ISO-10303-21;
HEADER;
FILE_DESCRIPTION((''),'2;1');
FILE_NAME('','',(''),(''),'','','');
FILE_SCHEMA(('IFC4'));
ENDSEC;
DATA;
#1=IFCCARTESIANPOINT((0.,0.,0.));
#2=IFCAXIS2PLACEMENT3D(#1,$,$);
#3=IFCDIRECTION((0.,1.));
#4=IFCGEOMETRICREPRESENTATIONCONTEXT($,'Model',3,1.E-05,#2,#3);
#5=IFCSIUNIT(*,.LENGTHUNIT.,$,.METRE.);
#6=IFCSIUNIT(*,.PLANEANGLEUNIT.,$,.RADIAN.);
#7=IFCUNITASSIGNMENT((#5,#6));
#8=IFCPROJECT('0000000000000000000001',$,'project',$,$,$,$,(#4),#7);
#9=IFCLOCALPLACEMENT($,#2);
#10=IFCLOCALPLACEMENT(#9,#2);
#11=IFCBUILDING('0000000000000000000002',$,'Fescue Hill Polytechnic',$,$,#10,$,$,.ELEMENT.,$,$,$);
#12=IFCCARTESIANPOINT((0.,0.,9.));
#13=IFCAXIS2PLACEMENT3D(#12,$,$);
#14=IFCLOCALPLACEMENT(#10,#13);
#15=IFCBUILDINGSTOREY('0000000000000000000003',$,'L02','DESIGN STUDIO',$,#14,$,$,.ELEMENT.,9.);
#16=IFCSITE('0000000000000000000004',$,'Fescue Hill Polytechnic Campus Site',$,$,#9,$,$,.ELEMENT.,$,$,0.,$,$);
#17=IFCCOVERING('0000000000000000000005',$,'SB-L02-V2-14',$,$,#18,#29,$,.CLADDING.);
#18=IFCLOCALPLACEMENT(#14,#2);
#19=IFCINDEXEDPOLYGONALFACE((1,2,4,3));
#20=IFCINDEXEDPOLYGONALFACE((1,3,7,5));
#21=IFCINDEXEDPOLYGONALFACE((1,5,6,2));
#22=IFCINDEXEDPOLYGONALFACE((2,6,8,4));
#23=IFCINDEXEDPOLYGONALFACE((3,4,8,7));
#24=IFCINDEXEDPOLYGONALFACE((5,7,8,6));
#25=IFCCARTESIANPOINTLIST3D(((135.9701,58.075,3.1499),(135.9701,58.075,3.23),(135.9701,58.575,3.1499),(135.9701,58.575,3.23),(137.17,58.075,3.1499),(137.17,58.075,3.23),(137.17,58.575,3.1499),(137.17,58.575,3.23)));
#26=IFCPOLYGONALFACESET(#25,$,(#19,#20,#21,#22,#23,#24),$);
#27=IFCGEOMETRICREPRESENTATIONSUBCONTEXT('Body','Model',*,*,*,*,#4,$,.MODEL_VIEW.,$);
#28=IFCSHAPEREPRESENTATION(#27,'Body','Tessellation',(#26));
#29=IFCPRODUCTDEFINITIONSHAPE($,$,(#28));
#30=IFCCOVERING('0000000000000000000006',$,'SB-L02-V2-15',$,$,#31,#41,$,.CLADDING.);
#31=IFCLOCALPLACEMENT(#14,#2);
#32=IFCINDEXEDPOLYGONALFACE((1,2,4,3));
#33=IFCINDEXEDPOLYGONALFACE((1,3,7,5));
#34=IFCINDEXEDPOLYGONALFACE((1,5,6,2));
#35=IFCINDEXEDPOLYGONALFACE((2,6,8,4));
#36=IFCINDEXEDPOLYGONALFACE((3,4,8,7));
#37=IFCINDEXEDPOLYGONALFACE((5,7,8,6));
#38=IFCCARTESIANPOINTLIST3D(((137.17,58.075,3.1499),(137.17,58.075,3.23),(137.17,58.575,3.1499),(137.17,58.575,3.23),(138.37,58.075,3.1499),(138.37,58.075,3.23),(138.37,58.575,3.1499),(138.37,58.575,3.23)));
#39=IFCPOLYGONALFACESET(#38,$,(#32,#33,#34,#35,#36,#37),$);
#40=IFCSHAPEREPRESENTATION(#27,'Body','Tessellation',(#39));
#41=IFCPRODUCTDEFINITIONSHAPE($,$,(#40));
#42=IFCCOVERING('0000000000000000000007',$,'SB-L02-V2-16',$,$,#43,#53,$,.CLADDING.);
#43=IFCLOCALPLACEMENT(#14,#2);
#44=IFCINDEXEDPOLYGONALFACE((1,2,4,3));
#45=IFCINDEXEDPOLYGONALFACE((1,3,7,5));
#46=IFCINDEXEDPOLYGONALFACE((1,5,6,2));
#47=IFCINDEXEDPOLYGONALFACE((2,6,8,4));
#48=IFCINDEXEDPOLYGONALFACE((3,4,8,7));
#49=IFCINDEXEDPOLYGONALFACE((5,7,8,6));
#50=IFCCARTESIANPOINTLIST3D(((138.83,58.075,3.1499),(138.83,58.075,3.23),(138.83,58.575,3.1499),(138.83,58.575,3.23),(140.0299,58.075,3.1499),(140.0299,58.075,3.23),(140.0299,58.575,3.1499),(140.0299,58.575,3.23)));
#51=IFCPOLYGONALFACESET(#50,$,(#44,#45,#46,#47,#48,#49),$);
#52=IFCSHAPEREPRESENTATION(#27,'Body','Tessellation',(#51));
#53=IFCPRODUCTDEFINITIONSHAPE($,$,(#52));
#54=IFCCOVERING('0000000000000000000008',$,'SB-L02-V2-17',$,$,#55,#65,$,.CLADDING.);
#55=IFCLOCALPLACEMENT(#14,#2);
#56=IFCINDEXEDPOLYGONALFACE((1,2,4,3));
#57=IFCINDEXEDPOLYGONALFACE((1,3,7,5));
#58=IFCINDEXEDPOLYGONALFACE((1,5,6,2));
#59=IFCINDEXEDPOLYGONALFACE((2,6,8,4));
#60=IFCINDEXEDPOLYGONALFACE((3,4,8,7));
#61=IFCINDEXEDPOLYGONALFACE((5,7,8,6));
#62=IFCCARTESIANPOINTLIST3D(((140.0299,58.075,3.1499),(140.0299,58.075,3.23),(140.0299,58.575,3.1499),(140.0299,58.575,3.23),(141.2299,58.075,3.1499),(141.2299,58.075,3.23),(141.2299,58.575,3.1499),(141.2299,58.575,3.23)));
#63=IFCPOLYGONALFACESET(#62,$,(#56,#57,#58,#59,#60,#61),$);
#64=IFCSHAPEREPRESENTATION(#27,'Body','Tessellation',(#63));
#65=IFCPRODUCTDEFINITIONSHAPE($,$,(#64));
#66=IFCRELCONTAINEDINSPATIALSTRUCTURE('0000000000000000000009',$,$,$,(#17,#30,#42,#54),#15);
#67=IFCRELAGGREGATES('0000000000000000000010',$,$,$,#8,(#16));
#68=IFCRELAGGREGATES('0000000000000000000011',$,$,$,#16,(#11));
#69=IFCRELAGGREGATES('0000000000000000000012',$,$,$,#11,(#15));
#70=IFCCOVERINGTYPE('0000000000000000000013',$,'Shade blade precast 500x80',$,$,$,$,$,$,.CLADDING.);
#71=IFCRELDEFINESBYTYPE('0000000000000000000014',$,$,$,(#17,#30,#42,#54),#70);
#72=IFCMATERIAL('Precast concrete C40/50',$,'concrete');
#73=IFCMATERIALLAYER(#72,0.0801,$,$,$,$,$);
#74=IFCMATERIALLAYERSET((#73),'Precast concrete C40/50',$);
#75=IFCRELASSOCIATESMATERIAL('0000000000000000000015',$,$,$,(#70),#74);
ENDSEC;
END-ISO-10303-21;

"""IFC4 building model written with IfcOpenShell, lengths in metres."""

from ifc_helpers import new_model, si_unit, direction, frame, origin, origin_2d, place, context, subcontext, project, spatial, rectangle, extrude, material, layer, layer_set, type_object, element, save


model = new_model("IFC4")

# Units and contexts
model_context = context("Model", 3, precision=1e-05, world=origin(), true_north=direction((0.0, 1.0)))
body_context = subcontext(model_context, "Body", "Model", "MODEL_VIEW")
ifc_project = project(units=[si_unit("LENGTHUNIT", "METRE"), si_unit("PLANEANGLEUNIT", "RADIAN")], contexts=[model_context])

# Site, building, storey
site_placement = place(None, origin())
site = spatial("IfcSite", under=ifc_project, at=site_placement, Name="Fescue Hill Polytechnic Campus Site", CompositionType="ELEMENT", RefElevation=0.0)
building_placement = place(site_placement, origin())
building = spatial("IfcBuilding", under=site, at=building_placement, Name="Fescue Hill Polytechnic", CompositionType="ELEMENT")
storey_placement = place(building_placement, frame((0.0, 0.0, 9.0)))
storey = spatial("IfcBuildingStorey", under=building, at=storey_placement, Name="L02", Description="DESIGN STUDIO", CompositionType="ELEMENT", Elevation=9.0)

# Coverings
ifc_material_1 = material(Name="Precast concrete C40/50", Category="concrete")
ifc_layer_1 = layer(ifc_material_1, 0.0801)
ifc_layer_set_1 = layer_set([ifc_layer_1], Name="Precast concrete C40/50")
covering_type = type_object("IfcCoveringType", Name="Shade blade precast 500x80", PredefinedType="CLADDING", material=ifc_layer_set_1)
for number, where, z_axis, x_axis, name in (
    (1, (136.5701, 58.325, 3.1499), (0.0, 0.0, 1.0), (1.0, 0.0, 0.0), "SB-L02-V2-14"),
    (2, (137.77, 58.325, 3.1499), (0.0, 0.0, 1.0), (1.0, 0.0, 0.0), "SB-L02-V2-15"),
    (3, (139.4299, 58.325, 3.1499), (0.0, 0.0, 1.0), (1.0, 0.0, 0.0), "SB-L02-V2-16"),
    (4, (140.6299, 58.325, 3.1499), (0.0, 0.0, 1.0), (1.0, 0.0, 0.0), "SB-L02-V2-17"),
):
    element("IfcCovering", number, at=place(storey_placement, frame(where, z_axis=z_axis, x_axis=x_axis)), inside=storey, type_object=covering_type, Name=name, PredefinedType="CLADDING", context=body_context, shape_type="SweptSolid", body=[
        extrude(rectangle(XDim=1.2, YDim=0.5, at=origin_2d()), origin(), (0.0, 0.0, 1.0), 0.0801),
    ])

save(model, "model.ifc")
